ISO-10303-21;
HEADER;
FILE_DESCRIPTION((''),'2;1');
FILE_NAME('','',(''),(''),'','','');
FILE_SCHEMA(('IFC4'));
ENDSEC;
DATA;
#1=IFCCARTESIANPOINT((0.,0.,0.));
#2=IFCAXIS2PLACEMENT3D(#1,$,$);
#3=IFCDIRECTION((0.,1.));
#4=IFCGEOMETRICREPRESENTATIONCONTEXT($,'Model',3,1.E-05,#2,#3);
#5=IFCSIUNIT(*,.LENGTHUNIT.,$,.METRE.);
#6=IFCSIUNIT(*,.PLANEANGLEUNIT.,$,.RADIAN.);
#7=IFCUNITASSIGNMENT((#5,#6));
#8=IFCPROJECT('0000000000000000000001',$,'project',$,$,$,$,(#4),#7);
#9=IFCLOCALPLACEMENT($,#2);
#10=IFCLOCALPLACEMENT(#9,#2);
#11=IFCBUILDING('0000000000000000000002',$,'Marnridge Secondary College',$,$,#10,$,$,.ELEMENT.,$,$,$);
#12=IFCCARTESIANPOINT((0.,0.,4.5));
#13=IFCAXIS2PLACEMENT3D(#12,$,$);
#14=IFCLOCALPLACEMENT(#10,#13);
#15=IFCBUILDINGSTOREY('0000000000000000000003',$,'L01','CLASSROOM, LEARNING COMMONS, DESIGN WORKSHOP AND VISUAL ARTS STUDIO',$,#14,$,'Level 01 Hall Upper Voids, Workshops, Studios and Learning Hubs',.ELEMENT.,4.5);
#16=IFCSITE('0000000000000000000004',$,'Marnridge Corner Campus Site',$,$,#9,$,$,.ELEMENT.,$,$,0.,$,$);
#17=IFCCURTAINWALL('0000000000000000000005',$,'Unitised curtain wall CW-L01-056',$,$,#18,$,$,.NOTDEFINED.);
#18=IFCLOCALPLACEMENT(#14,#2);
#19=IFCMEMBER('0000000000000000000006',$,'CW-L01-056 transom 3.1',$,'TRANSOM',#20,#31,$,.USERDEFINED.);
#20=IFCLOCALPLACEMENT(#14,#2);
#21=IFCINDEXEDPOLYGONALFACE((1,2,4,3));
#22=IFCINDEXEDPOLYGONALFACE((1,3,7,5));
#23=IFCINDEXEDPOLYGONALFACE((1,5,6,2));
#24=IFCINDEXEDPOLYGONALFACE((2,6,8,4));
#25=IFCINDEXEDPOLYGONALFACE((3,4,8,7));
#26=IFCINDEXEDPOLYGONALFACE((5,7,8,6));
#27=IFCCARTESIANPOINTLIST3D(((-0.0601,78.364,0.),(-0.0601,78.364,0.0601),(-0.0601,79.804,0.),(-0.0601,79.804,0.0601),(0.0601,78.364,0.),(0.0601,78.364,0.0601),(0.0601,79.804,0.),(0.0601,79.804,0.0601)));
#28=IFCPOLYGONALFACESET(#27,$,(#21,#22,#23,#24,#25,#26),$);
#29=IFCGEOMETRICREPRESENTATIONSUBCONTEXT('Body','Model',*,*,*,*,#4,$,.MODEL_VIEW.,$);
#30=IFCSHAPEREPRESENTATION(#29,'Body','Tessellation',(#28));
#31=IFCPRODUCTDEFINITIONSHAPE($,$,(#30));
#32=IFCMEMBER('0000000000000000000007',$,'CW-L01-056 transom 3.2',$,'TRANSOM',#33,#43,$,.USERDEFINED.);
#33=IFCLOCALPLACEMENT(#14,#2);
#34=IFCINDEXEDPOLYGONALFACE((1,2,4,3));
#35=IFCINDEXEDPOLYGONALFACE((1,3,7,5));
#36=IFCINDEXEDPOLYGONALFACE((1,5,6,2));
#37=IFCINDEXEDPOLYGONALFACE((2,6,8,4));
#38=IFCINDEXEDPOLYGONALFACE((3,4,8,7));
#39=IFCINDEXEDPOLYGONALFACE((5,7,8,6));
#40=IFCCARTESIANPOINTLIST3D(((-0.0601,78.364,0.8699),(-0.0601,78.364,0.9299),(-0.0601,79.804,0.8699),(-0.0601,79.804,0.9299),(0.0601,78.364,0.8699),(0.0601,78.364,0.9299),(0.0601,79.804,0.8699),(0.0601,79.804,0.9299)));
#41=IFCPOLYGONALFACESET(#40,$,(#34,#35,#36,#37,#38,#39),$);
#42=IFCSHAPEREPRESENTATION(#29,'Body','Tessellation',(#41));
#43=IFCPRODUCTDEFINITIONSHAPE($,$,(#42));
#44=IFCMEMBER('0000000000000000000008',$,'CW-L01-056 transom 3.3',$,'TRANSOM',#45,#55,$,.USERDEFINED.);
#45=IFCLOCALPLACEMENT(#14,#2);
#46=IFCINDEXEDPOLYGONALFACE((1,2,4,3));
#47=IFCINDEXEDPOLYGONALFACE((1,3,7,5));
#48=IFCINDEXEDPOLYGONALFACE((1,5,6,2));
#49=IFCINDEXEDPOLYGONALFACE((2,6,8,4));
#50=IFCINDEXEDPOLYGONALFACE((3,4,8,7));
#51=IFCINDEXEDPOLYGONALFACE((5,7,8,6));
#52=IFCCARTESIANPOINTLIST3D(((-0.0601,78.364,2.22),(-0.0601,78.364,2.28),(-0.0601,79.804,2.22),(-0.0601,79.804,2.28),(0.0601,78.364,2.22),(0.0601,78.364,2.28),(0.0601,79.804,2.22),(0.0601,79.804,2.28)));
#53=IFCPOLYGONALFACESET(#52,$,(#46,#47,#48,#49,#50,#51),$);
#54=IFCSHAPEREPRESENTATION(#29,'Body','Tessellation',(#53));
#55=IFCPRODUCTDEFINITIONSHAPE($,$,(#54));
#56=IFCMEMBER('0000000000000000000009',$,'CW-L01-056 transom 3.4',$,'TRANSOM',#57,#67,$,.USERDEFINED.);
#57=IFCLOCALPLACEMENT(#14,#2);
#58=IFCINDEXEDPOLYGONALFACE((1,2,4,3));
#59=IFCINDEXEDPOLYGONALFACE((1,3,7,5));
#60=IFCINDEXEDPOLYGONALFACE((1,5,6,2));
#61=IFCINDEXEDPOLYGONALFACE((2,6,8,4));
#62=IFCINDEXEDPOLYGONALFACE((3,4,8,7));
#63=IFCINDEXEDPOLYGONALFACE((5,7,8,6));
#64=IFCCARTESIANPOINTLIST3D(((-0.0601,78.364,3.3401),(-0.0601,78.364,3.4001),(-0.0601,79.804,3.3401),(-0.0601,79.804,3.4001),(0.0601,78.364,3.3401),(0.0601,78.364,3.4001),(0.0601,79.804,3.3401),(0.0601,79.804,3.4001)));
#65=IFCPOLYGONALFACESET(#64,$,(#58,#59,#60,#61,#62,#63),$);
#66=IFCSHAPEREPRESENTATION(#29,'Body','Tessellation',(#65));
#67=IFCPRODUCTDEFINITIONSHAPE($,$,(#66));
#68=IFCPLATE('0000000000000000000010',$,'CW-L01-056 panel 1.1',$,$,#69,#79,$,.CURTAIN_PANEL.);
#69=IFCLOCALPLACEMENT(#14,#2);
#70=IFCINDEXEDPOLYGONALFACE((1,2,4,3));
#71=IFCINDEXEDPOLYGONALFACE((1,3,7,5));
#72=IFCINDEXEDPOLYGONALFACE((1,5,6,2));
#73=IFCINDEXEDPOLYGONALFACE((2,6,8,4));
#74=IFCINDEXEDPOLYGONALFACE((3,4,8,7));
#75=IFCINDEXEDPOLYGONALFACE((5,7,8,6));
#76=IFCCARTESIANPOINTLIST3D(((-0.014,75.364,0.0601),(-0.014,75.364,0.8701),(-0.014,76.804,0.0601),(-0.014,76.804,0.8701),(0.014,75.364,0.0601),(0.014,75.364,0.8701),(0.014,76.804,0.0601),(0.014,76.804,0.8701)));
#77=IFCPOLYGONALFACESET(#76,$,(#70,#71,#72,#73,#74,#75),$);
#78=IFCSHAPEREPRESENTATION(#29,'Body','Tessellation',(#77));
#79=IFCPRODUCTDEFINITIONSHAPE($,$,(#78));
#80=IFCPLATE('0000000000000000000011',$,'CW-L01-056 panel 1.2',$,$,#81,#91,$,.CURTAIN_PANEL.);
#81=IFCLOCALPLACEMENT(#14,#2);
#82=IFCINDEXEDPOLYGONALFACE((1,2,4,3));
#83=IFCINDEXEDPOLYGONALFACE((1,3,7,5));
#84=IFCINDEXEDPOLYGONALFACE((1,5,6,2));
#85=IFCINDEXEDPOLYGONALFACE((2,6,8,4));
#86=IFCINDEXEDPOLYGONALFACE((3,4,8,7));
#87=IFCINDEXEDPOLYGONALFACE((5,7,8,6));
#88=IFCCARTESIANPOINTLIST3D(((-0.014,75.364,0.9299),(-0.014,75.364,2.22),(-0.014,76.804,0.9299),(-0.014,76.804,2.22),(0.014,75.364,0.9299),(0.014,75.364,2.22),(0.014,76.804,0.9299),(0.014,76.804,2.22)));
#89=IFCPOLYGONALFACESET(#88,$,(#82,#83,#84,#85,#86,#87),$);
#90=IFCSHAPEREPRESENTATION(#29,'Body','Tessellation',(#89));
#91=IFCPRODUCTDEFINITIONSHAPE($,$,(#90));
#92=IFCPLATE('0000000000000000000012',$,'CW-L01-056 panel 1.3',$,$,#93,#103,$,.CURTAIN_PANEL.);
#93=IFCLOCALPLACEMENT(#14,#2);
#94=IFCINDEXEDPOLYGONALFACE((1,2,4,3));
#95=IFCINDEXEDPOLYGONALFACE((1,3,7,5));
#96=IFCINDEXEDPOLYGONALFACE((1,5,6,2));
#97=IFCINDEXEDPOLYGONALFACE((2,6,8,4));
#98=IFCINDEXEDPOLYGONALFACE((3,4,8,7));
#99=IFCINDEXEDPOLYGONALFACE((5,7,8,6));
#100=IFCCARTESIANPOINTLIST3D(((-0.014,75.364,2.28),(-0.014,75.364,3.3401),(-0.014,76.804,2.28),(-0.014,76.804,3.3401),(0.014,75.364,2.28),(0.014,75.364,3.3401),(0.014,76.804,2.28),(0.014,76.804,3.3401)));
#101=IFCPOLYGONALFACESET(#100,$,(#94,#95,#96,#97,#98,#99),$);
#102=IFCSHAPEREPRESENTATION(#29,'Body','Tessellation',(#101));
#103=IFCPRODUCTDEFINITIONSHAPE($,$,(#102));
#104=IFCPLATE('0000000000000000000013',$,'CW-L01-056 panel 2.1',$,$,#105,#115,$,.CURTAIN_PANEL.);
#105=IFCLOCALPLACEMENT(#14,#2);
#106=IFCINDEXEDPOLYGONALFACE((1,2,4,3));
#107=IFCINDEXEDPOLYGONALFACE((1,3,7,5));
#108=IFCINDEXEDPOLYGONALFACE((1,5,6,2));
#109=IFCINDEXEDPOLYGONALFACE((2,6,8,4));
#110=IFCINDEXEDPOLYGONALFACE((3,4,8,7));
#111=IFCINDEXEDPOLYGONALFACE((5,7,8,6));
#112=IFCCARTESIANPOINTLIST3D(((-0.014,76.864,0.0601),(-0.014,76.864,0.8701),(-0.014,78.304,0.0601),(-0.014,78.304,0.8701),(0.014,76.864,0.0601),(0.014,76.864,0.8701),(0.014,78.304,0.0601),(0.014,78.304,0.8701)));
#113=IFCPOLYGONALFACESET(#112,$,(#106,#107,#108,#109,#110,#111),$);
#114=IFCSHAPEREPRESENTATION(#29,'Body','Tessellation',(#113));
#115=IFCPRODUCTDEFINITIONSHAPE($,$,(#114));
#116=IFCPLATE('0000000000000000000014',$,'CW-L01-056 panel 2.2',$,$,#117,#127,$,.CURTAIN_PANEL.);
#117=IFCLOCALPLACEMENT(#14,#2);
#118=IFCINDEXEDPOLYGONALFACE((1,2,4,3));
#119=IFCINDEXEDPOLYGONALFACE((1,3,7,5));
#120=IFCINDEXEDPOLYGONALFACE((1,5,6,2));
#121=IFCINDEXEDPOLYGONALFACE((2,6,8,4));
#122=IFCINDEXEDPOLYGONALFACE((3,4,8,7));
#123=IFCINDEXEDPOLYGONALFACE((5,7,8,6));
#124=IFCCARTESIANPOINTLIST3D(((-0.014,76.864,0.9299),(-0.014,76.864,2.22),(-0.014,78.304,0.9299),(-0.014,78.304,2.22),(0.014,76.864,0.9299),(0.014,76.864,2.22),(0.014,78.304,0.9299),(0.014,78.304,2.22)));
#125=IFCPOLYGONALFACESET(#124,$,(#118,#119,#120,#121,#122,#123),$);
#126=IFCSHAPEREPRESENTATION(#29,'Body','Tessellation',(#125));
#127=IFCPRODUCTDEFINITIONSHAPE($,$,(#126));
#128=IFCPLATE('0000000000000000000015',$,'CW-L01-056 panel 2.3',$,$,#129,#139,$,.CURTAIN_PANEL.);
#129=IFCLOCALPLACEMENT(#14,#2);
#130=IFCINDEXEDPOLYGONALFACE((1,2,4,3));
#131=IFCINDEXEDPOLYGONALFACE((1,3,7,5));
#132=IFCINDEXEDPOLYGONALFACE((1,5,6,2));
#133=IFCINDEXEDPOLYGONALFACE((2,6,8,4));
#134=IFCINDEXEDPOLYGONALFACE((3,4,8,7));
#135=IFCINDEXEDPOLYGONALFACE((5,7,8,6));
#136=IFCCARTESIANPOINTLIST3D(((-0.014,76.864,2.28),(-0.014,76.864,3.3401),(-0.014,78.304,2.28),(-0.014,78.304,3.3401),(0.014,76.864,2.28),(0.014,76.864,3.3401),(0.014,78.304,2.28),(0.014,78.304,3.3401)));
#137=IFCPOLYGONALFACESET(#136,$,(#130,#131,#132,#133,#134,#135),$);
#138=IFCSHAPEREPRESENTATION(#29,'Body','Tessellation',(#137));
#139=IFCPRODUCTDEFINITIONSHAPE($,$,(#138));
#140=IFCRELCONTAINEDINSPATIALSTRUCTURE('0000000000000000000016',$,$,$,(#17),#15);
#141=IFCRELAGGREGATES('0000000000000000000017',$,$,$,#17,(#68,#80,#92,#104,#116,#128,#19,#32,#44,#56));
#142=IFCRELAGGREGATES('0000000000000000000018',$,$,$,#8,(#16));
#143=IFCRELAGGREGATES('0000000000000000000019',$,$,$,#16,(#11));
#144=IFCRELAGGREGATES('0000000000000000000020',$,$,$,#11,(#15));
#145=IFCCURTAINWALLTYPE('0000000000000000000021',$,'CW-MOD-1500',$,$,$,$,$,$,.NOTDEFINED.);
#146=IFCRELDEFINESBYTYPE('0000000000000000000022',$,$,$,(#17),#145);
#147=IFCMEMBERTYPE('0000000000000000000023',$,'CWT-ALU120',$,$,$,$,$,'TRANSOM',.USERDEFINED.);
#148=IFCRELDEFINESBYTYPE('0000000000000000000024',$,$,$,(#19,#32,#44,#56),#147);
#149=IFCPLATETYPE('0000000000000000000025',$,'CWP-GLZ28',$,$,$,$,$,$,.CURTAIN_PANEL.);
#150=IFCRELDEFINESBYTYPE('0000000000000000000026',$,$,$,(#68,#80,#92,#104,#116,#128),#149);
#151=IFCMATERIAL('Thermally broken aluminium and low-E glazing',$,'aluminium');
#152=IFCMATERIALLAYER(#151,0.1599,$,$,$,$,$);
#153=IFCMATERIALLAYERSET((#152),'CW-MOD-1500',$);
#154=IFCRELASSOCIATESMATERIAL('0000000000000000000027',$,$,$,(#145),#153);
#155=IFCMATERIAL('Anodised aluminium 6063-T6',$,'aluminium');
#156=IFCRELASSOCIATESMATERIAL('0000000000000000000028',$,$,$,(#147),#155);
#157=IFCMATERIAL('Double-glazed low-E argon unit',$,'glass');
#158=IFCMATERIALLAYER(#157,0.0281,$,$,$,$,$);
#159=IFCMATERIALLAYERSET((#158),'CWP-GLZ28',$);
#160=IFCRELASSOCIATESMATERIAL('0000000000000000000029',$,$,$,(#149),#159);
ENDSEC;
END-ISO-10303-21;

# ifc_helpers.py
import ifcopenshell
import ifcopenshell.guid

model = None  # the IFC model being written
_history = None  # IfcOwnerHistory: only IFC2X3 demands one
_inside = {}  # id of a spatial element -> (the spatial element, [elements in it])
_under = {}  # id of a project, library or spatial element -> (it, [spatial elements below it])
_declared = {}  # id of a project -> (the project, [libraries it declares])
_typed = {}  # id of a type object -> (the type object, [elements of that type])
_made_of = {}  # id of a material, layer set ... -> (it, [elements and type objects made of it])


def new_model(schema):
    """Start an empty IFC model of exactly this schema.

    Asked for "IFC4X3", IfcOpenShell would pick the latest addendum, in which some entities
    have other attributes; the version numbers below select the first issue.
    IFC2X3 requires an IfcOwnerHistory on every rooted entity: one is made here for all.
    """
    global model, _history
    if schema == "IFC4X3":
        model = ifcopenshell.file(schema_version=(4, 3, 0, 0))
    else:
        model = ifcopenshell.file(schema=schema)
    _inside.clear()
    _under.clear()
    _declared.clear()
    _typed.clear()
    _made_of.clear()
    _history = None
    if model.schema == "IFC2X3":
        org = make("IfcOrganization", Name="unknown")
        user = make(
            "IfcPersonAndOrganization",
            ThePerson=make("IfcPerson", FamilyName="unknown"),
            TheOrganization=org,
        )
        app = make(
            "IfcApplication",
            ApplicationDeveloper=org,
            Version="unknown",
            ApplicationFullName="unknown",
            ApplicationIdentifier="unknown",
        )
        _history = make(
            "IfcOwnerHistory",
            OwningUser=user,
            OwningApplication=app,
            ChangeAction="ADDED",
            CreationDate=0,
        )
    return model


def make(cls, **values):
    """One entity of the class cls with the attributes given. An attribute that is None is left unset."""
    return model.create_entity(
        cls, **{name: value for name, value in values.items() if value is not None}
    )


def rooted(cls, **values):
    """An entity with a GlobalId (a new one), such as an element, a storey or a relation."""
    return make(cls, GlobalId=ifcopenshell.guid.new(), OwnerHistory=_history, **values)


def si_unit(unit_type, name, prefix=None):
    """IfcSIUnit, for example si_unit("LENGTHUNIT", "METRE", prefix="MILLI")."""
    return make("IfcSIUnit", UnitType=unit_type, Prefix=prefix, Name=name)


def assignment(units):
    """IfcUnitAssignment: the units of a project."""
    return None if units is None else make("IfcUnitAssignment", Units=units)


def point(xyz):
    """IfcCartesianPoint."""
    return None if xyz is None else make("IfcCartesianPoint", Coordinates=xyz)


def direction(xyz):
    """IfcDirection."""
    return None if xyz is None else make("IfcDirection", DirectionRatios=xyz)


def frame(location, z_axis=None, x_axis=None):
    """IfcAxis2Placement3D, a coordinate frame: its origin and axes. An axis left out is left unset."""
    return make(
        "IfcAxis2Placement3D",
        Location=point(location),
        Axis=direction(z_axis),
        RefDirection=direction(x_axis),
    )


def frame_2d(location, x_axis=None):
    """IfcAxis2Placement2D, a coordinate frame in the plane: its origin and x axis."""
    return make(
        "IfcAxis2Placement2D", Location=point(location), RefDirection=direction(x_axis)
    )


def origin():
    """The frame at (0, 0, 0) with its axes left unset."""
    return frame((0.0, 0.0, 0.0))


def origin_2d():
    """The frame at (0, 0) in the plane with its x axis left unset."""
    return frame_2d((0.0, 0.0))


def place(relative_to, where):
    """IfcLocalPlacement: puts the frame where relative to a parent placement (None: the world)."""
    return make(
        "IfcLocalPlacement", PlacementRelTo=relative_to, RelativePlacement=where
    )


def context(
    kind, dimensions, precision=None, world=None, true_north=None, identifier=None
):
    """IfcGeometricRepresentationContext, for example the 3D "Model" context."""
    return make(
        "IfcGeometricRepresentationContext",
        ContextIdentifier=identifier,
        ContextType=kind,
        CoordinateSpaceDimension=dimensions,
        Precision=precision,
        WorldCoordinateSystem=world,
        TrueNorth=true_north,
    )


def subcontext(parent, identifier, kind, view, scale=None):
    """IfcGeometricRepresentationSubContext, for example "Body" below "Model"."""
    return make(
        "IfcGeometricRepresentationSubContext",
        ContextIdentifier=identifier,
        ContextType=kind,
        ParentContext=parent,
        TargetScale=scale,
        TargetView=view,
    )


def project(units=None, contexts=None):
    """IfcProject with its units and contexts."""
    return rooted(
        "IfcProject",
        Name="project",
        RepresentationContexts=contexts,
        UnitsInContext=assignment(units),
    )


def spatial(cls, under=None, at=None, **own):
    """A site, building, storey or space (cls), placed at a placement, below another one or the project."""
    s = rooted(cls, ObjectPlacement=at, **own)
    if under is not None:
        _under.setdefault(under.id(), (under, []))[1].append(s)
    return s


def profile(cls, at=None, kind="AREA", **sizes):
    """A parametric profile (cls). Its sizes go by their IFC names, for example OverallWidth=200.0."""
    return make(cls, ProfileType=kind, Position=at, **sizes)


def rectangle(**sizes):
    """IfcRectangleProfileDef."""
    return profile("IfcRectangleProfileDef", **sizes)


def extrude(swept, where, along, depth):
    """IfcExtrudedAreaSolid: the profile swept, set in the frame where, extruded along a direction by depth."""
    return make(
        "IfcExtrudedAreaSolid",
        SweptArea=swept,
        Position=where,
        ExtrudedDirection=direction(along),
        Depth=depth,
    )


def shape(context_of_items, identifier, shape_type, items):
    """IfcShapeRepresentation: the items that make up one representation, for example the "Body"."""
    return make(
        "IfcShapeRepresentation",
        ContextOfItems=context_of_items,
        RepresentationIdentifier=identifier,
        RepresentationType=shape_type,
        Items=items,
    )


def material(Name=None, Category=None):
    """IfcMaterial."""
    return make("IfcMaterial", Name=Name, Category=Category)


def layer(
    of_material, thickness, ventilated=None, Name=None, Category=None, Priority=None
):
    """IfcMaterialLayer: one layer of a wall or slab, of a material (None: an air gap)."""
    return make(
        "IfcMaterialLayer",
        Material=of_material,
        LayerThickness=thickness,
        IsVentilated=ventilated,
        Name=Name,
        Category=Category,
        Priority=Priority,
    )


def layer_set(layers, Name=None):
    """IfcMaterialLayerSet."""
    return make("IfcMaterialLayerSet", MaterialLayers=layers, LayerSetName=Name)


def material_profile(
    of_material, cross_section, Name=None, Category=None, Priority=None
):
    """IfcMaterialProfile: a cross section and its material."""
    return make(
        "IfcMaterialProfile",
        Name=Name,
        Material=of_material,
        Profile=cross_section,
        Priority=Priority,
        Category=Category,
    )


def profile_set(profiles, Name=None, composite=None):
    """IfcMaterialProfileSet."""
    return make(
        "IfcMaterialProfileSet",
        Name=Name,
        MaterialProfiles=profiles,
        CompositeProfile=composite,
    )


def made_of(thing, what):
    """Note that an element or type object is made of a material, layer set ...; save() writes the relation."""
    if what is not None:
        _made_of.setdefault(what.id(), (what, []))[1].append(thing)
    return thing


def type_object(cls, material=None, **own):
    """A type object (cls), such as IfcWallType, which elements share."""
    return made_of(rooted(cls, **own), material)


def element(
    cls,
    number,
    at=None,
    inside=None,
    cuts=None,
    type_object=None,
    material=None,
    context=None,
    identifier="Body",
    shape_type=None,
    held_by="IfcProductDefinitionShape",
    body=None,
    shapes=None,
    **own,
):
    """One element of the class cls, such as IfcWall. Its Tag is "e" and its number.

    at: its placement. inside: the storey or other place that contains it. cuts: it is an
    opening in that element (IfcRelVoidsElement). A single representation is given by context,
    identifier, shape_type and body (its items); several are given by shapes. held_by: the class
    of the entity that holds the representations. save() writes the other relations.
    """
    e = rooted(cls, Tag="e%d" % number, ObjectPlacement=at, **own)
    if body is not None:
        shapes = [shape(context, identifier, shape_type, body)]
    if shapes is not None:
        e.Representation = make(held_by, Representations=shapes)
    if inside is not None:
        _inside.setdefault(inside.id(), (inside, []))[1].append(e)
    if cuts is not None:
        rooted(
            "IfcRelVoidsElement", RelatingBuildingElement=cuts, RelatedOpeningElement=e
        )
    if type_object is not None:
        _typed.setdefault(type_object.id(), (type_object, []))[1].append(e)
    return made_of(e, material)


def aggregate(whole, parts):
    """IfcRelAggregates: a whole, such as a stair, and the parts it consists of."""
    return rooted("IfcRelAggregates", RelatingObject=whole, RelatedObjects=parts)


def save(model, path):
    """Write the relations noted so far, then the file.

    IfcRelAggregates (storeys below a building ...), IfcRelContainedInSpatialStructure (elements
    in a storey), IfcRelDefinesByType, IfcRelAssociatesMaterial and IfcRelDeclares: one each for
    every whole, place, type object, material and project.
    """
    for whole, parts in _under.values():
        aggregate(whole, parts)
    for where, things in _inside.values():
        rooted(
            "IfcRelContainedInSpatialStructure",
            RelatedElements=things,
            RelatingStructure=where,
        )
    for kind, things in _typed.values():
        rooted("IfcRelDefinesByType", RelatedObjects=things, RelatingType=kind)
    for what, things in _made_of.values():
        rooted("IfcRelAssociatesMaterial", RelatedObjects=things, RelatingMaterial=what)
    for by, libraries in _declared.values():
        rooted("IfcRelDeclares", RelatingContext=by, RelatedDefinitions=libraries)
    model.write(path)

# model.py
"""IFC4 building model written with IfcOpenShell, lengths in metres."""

from ifc_helpers import new_model, si_unit, direction, frame, origin, origin_2d, place, context, subcontext, project, spatial, rectangle, extrude, material, layer, layer_set, material_profile, profile_set, type_object, element, aggregate, save


model = new_model("IFC4")

# Units and contexts
model_context = context("Model", 3, precision=1e-05, world=origin(), true_north=direction((0.0, 1.0)))
body_context = subcontext(model_context, "Body", "Model", "MODEL_VIEW")
ifc_project = project(units=[si_unit("LENGTHUNIT", "METRE"), si_unit("PLANEANGLEUNIT", "RADIAN")], contexts=[model_context])

# Site, building, storey
site_placement = place(None, origin())
site = spatial("IfcSite", under=ifc_project, at=site_placement, Name="Marnridge Corner Campus Site", CompositionType="ELEMENT", RefElevation=0.0)
building_placement = place(site_placement, origin())
building = spatial("IfcBuilding", under=site, at=building_placement, Name="Marnridge Secondary College", CompositionType="ELEMENT")
storey_placement = place(building_placement, frame((0.0, 0.0, 4.5)))
storey = spatial("IfcBuildingStorey", under=building, at=storey_placement, Name="L01", Description="CLASSROOM, LEARNING COMMONS, DESIGN WORKSHOP AND VISUAL ARTS STUDIO", LongName="Level 01 Hall Upper Voids, Workshops, Studios and Learning Hubs", CompositionType="ELEMENT", Elevation=4.5)

# Curtain wall, members, plates
ifc_material_1 = material(Name="Thermally broken aluminium and low-E glazing", Category="aluminium")
ifc_layer_1 = layer(ifc_material_1, 0.1599)
ifc_layer_set_1 = layer_set([ifc_layer_1], Name="CW-MOD-1500")
curtain_wall_type = type_object("IfcCurtainWallType", Name="CW-MOD-1500", PredefinedType="NOTDEFINED", material=ifc_layer_set_1)
curtain_wall_placement = place(storey_placement, origin())
curtain_wall = element("IfcCurtainWall", 1, at=curtain_wall_placement, inside=storey, type_object=curtain_wall_type, Name="Unitised curtain wall CW-L01-056", PredefinedType="NOTDEFINED")
ifc_material_2 = material(Name="Anodised aluminium 6063-T6", Category="aluminium")
ifc_material_profile_1 = material_profile(ifc_material_2, rectangle(XDim=0.0601, YDim=0.1201, at=origin_2d()), Name="ALU 60x120")
ifc_profile_set_1 = profile_set([ifc_material_profile_1], Name="Anodised aluminium 6063-T6")
member_type_1 = type_object("IfcMemberType", Name="CWT-ALU120", ElementType="TRANSOM", PredefinedType="USERDEFINED", material=ifc_profile_set_1)
member_1_placement = place(storey_placement, frame((0.0, 78.364, 0.03), z_axis=(0.0, 1.0, 0.0), x_axis=(0.0, 0.0, 1.0)))
member_1 = element("IfcMember", 2, at=member_1_placement, type_object=member_type_1, Name="CW-L01-056 transom 3.1", ObjectType="TRANSOM", PredefinedType="USERDEFINED", context=body_context, shape_type="SweptSolid", body=[
    extrude(rectangle(XDim=0.0601, YDim=0.1201, at=origin_2d()), origin(), (0.0, 0.0, 1.0), 1.4399),
])
member_2_placement = place(storey_placement, frame((0.0, 78.364, 0.8999), z_axis=(0.0, 1.0, 0.0), x_axis=(0.0, 0.0, 1.0)))
member_2 = element("IfcMember", 3, at=member_2_placement, type_object=member_type_1, Name="CW-L01-056 transom 3.2", ObjectType="TRANSOM", PredefinedType="USERDEFINED", context=body_context, shape_type="SweptSolid", body=[
    extrude(rectangle(XDim=0.0601, YDim=0.1201, at=origin_2d()), origin(), (0.0, 0.0, 1.0), 1.4399),
])
member_3_placement = place(storey_placement, frame((0.0, 78.364, 2.25), z_axis=(0.0, 1.0, 0.0), x_axis=(0.0, 0.0, 1.0)))
member_3 = element("IfcMember", 4, at=member_3_placement, type_object=member_type_1, Name="CW-L01-056 transom 3.3", ObjectType="TRANSOM", PredefinedType="USERDEFINED", context=body_context, shape_type="SweptSolid", body=[
    extrude(rectangle(XDim=0.0601, YDim=0.1201, at=origin_2d()), origin(), (0.0, 0.0, 1.0), 1.4399),
])
member_4_placement = place(storey_placement, frame((0.0, 78.364, 3.3701), z_axis=(0.0, 1.0, 0.0), x_axis=(0.0, 0.0, 1.0)))
member_4 = element("IfcMember", 5, at=member_4_placement, type_object=member_type_1, Name="CW-L01-056 transom 3.4", ObjectType="TRANSOM", PredefinedType="USERDEFINED", context=body_context, shape_type="SweptSolid", body=[
    extrude(rectangle(XDim=0.0601, YDim=0.1201, at=origin_2d()), origin(), (0.0, 0.0, 1.0), 1.4399),
])
ifc_material_3 = material(Name="Double-glazed low-E argon unit", Category="glass")
ifc_layer_2 = layer(ifc_material_3, 0.0281)
ifc_layer_set_2 = layer_set([ifc_layer_2], Name="CWP-GLZ28")
plate_type = type_object("IfcPlateType", Name="CWP-GLZ28", PredefinedType="CURTAIN_PANEL", material=ifc_layer_set_2)
plate_1_placement = place(storey_placement, frame((0.0, 76.084, 0.0601), z_axis=(0.0, 0.0, 1.0), x_axis=(0.0, 1.0, 0.0)))
plate_1 = element("IfcPlate", 6, at=plate_1_placement, type_object=plate_type, Name="CW-L01-056 panel 1.1", PredefinedType="CURTAIN_PANEL", context=body_context, shape_type="SweptSolid", body=[
    extrude(rectangle(XDim=1.4399, YDim=0.0281, at=origin_2d()), origin(), (0.0, 0.0, 1.0), 0.8101),
])
plate_2_placement = place(storey_placement, frame((0.0, 76.084, 0.9299), z_axis=(0.0, 0.0, 1.0), x_axis=(0.0, 1.0, 0.0)))
plate_2 = element("IfcPlate", 7, at=plate_2_placement, type_object=plate_type, Name="CW-L01-056 panel 1.2", PredefinedType="CURTAIN_PANEL", context=body_context, shape_type="SweptSolid", body=[
    extrude(rectangle(XDim=1.4399, YDim=0.0281, at=origin_2d()), origin(), (0.0, 0.0, 1.0), 1.29),
])
plate_3_placement = place(storey_placement, frame((0.0, 76.084, 2.28), z_axis=(0.0, 0.0, 1.0), x_axis=(0.0, 1.0, 0.0)))
plate_3 = element("IfcPlate", 8, at=plate_3_placement, type_object=plate_type, Name="CW-L01-056 panel 1.3", PredefinedType="CURTAIN_PANEL", context=body_context, shape_type="SweptSolid", body=[
    extrude(rectangle(XDim=1.4399, YDim=0.0281, at=origin_2d()), origin(), (0.0, 0.0, 1.0), 1.0601),
])
plate_4_placement = place(storey_placement, frame((0.0, 77.584, 0.0601), z_axis=(0.0, 0.0, 1.0), x_axis=(0.0, 1.0, 0.0)))
plate_4 = element("IfcPlate", 9, at=plate_4_placement, type_object=plate_type, Name="CW-L01-056 panel 2.1", PredefinedType="CURTAIN_PANEL", context=body_context, shape_type="SweptSolid", body=[
    extrude(rectangle(XDim=1.4399, YDim=0.0281, at=origin_2d()), origin(), (0.0, 0.0, 1.0), 0.8101),
])
plate_5_placement = place(storey_placement, frame((0.0, 77.584, 0.9299), z_axis=(0.0, 0.0, 1.0), x_axis=(0.0, 1.0, 0.0)))
plate_5 = element("IfcPlate", 10, at=plate_5_placement, type_object=plate_type, Name="CW-L01-056 panel 2.2", PredefinedType="CURTAIN_PANEL", context=body_context, shape_type="SweptSolid", body=[
    extrude(rectangle(XDim=1.4399, YDim=0.0281, at=origin_2d()), origin(), (0.0, 0.0, 1.0), 1.29),
])
plate_6_placement = place(storey_placement, frame((0.0, 77.584, 2.28), z_axis=(0.0, 0.0, 1.0), x_axis=(0.0, 1.0, 0.0)))
plate_6 = element("IfcPlate", 11, at=plate_6_placement, type_object=plate_type, Name="CW-L01-056 panel 2.3", PredefinedType="CURTAIN_PANEL", context=body_context, shape_type="SweptSolid", body=[
    extrude(rectangle(XDim=1.4399, YDim=0.0281, at=origin_2d()), origin(), (0.0, 0.0, 1.0), 1.0601),
])
aggregate(curtain_wall, [plate_1, plate_2, plate_3, plate_4, plate_5, plate_6, member_1, member_2, member_3, member_4])

save(model, "model.ifc")
